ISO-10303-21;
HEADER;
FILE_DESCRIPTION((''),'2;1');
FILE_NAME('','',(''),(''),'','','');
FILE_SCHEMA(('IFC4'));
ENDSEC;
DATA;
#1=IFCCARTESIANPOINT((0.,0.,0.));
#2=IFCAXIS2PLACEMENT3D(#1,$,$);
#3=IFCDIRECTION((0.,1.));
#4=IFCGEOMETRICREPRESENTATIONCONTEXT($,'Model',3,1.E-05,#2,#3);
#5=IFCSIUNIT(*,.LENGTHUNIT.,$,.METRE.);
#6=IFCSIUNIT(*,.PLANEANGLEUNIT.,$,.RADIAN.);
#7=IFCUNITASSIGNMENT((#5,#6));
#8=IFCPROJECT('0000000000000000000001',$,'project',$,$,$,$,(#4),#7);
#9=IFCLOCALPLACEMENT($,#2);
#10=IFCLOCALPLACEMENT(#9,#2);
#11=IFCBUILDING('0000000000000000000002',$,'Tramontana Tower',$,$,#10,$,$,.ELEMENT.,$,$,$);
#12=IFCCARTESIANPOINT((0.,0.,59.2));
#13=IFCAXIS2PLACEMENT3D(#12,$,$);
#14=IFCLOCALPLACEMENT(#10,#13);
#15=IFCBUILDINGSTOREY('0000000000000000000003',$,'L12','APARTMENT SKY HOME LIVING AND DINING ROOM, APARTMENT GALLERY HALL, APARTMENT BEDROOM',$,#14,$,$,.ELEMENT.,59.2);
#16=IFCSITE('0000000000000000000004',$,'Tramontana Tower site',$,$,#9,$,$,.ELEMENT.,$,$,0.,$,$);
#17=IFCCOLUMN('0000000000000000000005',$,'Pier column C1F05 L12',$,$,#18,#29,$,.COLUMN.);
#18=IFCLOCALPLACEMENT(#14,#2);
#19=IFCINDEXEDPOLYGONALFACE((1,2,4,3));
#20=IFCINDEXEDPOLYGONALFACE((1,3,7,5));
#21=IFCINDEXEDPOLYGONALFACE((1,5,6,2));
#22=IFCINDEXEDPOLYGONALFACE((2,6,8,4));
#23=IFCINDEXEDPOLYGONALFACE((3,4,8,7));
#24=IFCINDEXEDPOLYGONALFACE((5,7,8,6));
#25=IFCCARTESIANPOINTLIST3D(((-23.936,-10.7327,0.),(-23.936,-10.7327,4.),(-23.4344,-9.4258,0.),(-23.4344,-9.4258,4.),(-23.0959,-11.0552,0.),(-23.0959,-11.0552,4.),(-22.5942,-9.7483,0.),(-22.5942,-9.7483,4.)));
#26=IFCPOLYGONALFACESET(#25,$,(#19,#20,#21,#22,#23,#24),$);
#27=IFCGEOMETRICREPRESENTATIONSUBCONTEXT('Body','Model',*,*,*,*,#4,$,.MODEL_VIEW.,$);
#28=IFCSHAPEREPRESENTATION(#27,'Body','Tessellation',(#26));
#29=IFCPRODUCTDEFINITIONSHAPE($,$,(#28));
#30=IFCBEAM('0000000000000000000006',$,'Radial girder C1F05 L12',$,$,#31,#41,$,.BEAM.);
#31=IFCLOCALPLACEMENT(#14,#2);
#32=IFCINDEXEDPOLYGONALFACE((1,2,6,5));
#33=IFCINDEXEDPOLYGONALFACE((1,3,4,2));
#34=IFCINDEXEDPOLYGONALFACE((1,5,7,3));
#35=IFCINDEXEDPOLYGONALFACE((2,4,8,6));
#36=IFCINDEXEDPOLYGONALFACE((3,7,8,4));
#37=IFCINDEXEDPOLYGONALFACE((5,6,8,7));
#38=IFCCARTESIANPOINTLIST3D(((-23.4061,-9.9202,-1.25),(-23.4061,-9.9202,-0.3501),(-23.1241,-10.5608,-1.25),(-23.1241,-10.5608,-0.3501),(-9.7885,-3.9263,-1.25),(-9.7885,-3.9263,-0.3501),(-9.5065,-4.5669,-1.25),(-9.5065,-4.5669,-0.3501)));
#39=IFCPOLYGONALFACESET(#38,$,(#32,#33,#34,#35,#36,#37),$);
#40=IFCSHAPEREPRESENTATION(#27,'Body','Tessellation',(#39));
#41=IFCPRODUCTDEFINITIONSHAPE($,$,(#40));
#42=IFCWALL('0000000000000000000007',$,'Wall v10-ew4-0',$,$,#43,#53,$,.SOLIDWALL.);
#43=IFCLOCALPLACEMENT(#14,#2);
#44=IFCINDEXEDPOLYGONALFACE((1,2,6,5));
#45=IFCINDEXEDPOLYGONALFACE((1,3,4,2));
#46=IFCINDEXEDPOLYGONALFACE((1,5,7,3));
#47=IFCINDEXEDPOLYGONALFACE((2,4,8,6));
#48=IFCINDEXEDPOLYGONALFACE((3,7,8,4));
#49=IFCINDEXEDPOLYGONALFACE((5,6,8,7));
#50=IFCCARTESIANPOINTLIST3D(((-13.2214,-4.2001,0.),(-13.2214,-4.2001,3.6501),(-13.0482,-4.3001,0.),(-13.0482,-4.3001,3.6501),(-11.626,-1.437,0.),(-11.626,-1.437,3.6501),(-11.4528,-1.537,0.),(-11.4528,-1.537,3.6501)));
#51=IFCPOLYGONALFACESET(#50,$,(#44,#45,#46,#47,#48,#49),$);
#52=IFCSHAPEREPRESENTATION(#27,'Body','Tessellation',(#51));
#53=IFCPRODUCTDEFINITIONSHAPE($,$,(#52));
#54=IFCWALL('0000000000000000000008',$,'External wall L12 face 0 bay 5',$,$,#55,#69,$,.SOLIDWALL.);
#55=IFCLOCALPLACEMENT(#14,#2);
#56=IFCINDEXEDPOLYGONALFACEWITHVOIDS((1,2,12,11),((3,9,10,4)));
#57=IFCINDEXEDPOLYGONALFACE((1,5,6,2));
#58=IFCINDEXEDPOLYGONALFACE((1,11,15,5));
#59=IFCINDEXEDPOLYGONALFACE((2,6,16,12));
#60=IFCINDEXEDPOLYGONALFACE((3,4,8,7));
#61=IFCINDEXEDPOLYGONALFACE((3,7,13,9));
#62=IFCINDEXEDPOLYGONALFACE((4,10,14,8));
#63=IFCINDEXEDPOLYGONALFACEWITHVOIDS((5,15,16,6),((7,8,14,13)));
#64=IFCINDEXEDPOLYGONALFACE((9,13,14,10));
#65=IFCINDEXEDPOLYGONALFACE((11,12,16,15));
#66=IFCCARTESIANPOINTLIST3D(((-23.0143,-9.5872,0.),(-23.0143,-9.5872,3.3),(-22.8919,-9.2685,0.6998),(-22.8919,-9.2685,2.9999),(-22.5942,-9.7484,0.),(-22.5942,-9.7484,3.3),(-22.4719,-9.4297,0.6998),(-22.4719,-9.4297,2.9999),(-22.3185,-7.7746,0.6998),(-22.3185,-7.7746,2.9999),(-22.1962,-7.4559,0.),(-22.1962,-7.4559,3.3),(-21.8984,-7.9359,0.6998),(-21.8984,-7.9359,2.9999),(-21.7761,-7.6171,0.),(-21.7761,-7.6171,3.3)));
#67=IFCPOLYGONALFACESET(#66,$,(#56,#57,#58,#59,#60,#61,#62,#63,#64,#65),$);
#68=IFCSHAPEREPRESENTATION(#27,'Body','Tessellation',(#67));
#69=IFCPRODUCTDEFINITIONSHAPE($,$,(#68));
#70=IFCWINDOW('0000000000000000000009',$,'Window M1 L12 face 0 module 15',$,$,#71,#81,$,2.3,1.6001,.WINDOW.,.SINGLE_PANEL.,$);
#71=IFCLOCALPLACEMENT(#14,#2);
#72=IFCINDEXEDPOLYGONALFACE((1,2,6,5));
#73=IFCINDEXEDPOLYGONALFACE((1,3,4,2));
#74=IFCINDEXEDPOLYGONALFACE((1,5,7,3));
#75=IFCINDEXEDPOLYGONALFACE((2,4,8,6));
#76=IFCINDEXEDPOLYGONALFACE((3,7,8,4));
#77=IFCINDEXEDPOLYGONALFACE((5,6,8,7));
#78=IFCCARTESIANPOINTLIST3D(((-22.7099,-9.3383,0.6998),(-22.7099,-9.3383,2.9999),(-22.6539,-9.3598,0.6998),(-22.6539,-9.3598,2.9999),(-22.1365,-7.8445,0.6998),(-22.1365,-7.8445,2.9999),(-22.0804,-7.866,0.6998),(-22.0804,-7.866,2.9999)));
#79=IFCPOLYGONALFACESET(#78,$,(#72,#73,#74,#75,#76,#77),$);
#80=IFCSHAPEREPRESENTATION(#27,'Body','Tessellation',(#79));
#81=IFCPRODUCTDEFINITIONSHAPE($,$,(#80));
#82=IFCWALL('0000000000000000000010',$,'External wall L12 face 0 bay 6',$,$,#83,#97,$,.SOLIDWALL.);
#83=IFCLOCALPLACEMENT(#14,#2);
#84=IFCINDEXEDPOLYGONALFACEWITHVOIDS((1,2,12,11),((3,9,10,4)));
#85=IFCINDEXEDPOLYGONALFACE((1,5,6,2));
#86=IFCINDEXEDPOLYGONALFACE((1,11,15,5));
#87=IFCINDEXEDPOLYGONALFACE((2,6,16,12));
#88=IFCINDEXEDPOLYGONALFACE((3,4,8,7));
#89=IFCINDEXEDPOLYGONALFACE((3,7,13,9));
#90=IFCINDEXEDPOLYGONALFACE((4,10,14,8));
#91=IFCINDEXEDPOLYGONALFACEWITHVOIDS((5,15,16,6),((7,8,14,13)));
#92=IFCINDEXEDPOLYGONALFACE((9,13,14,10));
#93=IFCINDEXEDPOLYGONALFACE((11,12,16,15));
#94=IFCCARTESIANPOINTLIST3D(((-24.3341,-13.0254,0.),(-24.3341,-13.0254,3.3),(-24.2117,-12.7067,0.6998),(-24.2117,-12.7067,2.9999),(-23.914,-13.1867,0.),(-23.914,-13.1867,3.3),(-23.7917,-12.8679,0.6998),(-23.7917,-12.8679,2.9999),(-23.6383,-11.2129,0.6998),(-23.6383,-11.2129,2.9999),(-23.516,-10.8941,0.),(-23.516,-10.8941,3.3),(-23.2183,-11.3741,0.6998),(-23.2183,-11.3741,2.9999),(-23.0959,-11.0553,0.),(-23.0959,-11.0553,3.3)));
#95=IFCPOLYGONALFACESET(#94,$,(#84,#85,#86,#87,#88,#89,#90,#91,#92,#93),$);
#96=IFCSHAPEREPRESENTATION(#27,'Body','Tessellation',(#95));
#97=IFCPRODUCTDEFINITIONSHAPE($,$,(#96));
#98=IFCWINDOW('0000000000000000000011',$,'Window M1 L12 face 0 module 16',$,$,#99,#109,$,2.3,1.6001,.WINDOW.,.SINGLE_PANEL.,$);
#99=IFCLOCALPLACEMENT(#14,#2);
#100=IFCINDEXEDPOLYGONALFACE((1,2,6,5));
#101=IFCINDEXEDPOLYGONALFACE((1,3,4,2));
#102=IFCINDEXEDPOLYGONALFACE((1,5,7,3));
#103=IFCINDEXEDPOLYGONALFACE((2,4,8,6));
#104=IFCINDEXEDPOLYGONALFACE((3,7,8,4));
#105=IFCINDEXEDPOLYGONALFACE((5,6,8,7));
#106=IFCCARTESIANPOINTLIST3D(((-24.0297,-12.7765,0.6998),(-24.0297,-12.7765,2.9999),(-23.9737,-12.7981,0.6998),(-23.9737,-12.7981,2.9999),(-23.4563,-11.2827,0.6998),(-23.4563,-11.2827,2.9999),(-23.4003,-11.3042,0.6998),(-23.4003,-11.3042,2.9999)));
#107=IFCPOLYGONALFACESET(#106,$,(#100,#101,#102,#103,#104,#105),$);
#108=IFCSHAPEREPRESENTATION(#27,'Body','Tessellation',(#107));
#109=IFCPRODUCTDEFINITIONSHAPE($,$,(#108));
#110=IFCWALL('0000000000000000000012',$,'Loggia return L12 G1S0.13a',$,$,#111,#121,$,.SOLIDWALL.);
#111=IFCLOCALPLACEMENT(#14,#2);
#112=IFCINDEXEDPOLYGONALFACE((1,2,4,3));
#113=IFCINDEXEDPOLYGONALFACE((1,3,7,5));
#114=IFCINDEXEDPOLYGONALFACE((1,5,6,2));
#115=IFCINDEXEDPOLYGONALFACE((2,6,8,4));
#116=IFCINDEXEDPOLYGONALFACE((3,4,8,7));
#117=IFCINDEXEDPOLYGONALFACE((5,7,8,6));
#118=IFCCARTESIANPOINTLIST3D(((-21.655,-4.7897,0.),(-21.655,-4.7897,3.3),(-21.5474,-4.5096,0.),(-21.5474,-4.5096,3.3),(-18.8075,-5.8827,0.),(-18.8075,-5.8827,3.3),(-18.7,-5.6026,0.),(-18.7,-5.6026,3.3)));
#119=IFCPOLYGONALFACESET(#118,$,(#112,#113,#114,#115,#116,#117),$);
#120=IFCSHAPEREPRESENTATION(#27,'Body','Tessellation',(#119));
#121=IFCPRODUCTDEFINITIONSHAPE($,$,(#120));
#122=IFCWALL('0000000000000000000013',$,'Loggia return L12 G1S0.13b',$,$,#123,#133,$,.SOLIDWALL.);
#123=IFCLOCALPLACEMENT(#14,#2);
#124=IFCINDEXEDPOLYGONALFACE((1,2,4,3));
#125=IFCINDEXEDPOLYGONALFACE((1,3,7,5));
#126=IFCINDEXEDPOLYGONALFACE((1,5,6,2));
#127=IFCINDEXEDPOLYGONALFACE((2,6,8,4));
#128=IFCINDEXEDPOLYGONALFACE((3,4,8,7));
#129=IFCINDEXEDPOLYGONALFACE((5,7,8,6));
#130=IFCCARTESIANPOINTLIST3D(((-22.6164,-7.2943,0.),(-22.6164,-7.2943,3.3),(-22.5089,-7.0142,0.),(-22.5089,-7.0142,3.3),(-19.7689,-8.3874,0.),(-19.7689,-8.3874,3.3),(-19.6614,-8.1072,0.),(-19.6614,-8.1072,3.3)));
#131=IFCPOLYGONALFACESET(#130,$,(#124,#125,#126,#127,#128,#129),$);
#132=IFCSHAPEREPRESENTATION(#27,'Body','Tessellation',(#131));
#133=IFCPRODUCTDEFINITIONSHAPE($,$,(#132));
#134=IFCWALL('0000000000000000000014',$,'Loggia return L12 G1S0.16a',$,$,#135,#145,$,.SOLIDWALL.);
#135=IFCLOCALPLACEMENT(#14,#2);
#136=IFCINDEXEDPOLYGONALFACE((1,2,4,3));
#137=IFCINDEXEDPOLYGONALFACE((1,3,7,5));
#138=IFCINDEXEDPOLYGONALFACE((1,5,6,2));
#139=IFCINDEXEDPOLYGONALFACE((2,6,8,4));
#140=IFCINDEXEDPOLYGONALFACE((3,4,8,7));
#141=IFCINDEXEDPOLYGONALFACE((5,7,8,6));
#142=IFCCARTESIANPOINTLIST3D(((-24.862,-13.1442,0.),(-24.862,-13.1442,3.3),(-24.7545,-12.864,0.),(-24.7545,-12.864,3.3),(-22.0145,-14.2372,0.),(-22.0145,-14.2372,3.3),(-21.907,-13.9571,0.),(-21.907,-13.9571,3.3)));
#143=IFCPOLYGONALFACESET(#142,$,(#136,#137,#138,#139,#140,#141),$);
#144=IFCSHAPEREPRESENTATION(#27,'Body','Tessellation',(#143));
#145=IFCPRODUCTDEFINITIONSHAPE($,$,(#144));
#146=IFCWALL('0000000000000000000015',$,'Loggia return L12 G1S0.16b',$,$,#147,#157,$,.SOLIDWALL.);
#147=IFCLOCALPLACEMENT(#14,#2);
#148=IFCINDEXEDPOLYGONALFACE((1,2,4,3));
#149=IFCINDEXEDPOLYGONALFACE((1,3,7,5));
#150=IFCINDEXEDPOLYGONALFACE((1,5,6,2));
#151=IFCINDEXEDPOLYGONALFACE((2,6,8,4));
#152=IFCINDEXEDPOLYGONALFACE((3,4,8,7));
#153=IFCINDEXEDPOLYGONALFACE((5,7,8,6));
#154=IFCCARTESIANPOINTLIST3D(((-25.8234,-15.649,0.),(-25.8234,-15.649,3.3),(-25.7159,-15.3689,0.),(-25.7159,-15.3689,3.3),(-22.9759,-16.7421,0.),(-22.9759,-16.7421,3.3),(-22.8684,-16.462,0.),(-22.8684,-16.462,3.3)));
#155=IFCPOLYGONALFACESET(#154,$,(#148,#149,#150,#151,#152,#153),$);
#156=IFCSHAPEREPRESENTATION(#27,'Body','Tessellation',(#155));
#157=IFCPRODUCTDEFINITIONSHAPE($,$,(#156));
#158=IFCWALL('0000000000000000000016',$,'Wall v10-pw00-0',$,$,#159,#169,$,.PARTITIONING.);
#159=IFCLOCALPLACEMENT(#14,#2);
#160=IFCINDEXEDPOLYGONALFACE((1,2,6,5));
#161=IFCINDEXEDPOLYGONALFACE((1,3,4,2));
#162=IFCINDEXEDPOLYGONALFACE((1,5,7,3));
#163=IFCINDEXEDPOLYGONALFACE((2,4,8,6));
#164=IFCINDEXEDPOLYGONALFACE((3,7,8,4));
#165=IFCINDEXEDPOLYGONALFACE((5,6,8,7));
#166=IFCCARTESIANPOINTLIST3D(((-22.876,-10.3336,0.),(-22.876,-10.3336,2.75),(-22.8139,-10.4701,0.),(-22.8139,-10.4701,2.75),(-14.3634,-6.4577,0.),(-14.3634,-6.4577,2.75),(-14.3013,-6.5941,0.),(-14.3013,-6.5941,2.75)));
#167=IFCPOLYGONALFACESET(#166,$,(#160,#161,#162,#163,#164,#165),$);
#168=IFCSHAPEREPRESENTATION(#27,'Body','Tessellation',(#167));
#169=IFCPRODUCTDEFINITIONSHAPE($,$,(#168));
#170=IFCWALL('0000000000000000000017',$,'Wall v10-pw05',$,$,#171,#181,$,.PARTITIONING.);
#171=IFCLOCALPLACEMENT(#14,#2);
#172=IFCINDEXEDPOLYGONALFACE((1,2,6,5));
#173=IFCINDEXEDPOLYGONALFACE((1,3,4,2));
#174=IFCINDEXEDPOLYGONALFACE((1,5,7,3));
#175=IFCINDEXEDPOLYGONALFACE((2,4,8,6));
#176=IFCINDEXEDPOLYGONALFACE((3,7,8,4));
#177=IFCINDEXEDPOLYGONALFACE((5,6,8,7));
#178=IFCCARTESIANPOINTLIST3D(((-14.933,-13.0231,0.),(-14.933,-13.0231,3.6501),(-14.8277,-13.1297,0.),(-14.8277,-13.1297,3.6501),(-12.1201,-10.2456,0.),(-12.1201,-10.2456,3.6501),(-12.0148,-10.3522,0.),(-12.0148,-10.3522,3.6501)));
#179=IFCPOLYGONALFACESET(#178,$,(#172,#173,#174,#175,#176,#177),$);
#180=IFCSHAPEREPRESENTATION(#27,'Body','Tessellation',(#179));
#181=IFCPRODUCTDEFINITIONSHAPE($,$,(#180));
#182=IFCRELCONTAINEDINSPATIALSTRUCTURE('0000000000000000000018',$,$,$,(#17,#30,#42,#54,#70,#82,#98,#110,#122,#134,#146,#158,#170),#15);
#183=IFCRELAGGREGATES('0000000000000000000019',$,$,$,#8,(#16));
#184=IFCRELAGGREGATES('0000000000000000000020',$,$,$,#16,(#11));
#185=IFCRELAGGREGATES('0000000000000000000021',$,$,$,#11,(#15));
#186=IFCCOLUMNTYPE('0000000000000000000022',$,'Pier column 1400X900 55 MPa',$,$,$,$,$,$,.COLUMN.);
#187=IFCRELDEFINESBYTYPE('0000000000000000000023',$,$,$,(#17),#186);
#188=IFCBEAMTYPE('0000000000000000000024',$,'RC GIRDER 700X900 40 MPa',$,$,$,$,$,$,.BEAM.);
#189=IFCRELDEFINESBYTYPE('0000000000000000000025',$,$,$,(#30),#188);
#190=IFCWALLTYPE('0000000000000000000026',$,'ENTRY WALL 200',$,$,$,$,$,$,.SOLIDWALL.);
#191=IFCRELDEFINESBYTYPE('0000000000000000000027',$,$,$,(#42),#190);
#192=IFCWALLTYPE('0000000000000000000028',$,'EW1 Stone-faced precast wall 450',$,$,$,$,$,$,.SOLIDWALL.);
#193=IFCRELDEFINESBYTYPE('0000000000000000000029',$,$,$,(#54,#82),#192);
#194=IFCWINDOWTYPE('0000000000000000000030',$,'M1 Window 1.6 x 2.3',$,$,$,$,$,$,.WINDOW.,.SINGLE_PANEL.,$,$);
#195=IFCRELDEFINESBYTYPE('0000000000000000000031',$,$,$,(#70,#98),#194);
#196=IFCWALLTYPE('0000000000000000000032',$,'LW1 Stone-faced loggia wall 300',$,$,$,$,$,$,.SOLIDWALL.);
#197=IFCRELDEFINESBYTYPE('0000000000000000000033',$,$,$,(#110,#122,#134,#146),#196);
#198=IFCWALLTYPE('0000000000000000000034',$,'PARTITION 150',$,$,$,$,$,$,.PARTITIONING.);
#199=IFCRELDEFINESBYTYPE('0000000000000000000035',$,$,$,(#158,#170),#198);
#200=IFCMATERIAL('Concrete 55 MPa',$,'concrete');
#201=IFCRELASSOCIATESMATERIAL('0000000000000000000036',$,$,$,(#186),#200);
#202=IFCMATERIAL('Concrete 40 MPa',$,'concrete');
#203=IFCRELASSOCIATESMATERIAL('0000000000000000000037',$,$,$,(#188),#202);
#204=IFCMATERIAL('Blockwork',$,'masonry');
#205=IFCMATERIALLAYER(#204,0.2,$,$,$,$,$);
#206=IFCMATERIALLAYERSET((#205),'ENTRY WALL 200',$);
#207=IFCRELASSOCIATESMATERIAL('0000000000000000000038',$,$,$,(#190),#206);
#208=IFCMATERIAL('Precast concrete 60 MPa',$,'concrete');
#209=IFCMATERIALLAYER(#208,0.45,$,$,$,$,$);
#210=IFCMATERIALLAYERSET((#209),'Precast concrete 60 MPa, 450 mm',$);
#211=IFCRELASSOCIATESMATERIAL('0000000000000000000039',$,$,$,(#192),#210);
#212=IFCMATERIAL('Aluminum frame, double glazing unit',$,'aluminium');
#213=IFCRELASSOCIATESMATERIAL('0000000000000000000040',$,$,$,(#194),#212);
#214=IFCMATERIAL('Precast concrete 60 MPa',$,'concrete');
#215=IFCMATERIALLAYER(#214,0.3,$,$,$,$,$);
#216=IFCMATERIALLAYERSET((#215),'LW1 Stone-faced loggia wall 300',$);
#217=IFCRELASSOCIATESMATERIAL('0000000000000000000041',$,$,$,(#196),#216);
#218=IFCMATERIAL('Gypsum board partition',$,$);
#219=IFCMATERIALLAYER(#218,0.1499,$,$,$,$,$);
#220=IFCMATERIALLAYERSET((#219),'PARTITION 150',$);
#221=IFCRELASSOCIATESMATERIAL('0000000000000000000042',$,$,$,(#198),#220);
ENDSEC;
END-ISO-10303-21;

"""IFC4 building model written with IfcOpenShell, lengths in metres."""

from ifc_helpers import new_model, si_unit, direction, frame, frame_2d, origin, origin_2d, place, context, subcontext, project, spatial, rectangle, extrude, material, layer, layer_set, material_profile, profile_set, type_object, element, fill, save


model = new_model("IFC4")

# Units and contexts
model_context = context("Model", 3, precision=1e-05, world=origin(), true_north=direction((0.0, 1.0)))
body_context = subcontext(model_context, "Body", "Model", "MODEL_VIEW")
ifc_project = project(units=[si_unit("LENGTHUNIT", "METRE"), si_unit("PLANEANGLEUNIT", "RADIAN")], contexts=[model_context])

# Site, building, storey
site_placement = place(None, origin())
site = spatial("IfcSite", under=ifc_project, at=site_placement, Name="Tramontana Tower site", CompositionType="ELEMENT", RefElevation=0.0)
building_placement = place(site_placement, origin())
building = spatial("IfcBuilding", under=site, at=building_placement, Name="Tramontana Tower", CompositionType="ELEMENT")
storey_placement = place(building_placement, frame((0.0, 0.0, 59.2)))
storey = spatial("IfcBuildingStorey", under=building, at=storey_placement, Name="L12", Description="APARTMENT SKY HOME LIVING AND DINING ROOM, APARTMENT GALLERY HALL, APARTMENT BEDROOM", CompositionType="ELEMENT", Elevation=59.2)

# Column
ifc_material_1 = material(Name="Concrete 55 MPa", Category="concrete")
ifc_material_profile_1 = material_profile(ifc_material_1, rectangle(XDim=1.3999, YDim=0.8999, at=origin_2d()), Name="Pier column 1400X900 55 MPa")
ifc_profile_set_1 = profile_set([ifc_material_profile_1], Name="Concrete 55 MPa")
column_type = type_object("IfcColumnType", Name="Pier column 1400X900 55 MPa", PredefinedType="COLUMN", material=ifc_profile_set_1)
column_placement = place(storey_placement, frame((-23.2651, -10.2405, 0.0), z_axis=(0.0, 0.0, 1.0), x_axis=(-0.358368, -0.93358, 0.0)))
element("IfcColumn", 1, at=column_placement, inside=storey, type_object=column_type, Name="Pier column C1F05 L12", PredefinedType="COLUMN", context=body_context, shape_type="SweptSolid", body=[
    extrude(rectangle(XDim=1.3999, YDim=0.8999, at=origin_2d()), origin(), (0.0, 0.0, 1.0), 4.0),
])

# Beam
ifc_material_2 = material(Name="Concrete 40 MPa", Category="concrete")
ifc_material_profile_2 = material_profile(ifc_material_2, rectangle(XDim=0.7, YDim=0.8999, at=origin_2d()), Name="RC GIRDER 700X900 40 MPa")
ifc_profile_set_2 = profile_set([ifc_material_profile_2], Name="Concrete 40 MPa")
beam_type = type_object("IfcBeamType", Name="RC GIRDER 700X900 40 MPa", PredefinedType="BEAM", material=ifc_profile_set_2)
beam_placement = place(storey_placement, frame((-23.2651, -10.2405, -0.8), z_axis=(0.915263, 0.402858, 0.0), x_axis=(-0.402858, 0.915263, 0.0)))
element("IfcBeam", 2, at=beam_placement, inside=storey, type_object=beam_type, Name="Radial girder C1F05 L12", PredefinedType="BEAM", context=body_context, shape_type="SweptSolid", body=[
    extrude(rectangle(XDim=0.7, YDim=0.8999, at=origin_2d()), origin(), (0.0, 0.0, 1.0), 14.8784),
])

# Wall
ifc_material_3 = material(Name="Blockwork", Category="masonry")
ifc_layer_1 = layer(ifc_material_3, 0.2)
ifc_layer_set_1 = layer_set([ifc_layer_1], Name="ENTRY WALL 200")
wall_type_1 = type_object("IfcWallType", Name="ENTRY WALL 200", PredefinedType="SOLIDWALL", material=ifc_layer_set_1)
wall_1_placement = place(storey_placement, frame((-13.1348, -4.25, 0.0), z_axis=(0.0, 0.0, 1.0), x_axis=(0.500032, 0.866007, 0.0)))
element("IfcWall", 3, at=wall_1_placement, inside=storey, type_object=wall_type_1, Name="Wall v10-ew4-0", PredefinedType="SOLIDWALL", context=body_context, shape_type="SweptSolid", body=[
    extrude(rectangle(XDim=3.1907, YDim=0.2, at=frame_2d((1.5952, 0.0))), origin(), (0.0, 0.0, 1.0), 3.6501),
])

# Walls, openings, windows
ifc_material_4 = material(Name="Precast concrete 60 MPa", Category="concrete")
ifc_layer_2 = layer(ifc_material_4, 0.45)
ifc_layer_set_2 = layer_set([ifc_layer_2], Name="Precast concrete 60 MPa, 450 mm")
wall_type_2 = type_object("IfcWallType", Name="EW1 Stone-faced precast wall 450", PredefinedType="SOLIDWALL", material=ifc_layer_set_2)
wall_2_placement = place(storey_placement, frame((-21.9861, -7.5364, 0.0), z_axis=(0.0, 0.0, 1.0), x_axis=(-0.358356, -0.933585, 0.0)))
wall_2 = element("IfcWall", 4, at=wall_2_placement, inside=storey, type_object=wall_type_2, Name="External wall L12 face 0 bay 5", PredefinedType="SOLIDWALL", context=body_context, shape_type="SweptSolid", body=[
    extrude(rectangle(XDim=2.283, YDim=0.45, at=frame_2d((1.1416, 0.0))), origin(), (0.0, 0.0, 1.0), 3.3),
])
opening_1_placement = place(wall_2_placement, frame((0.3416, 0.0, 0.7)))
opening_1 = element("IfcOpeningElement", 5, at=opening_1_placement, cuts=wall_2, PredefinedType="OPENING", context=body_context, shape_type="SweptSolid", body=[
    extrude(rectangle(XDim=1.6001, YDim=2.3, at=frame_2d((0.8, 1.1499))), frame((0.0, 0.2349, 0.0), z_axis=(0.0, -1.0, 0.0), x_axis=(1.0, 0.0, 0.0)), (0.0, 0.0, 1.0), 0.47),
])
ifc_material_5 = material(Name="Aluminum frame, double glazing unit", Category="aluminium")
window_type = type_object("IfcWindowType", Name="M1 Window 1.6 x 2.3", PartitioningType="SINGLE_PANEL", PredefinedType="WINDOW", material=ifc_material_5)
window_1_placement = place(opening_1_placement, origin())
window_1 = element("IfcWindow", 6, at=window_1_placement, inside=storey, type_object=window_type, Name="Window M1 L12 face 0 module 15", OverallHeight=2.3, OverallWidth=1.6001, PartitioningType="SINGLE_PANEL", PredefinedType="WINDOW", context=body_context, shape_type="SweptSolid", body=[
    extrude(rectangle(XDim=1.6001, YDim=2.3, at=frame_2d((0.8, 1.1499))), frame((0.0, 0.03, 0.0), z_axis=(0.0, -1.0, 0.0), x_axis=(1.0, 0.0, 0.0)), (0.0, 0.0, 1.0), 0.0601),
])
fill(opening_1, window_1)
wall_3_placement = place(storey_placement, frame((-23.3059, -10.9746, 0.0), z_axis=(0.0, 0.0, 1.0), x_axis=(-0.358356, -0.933585, 0.0)))
wall_3 = element("IfcWall", 7, at=wall_3_placement, inside=storey, type_object=wall_type_2, Name="External wall L12 face 0 bay 6", PredefinedType="SOLIDWALL", context=body_context, shape_type="SweptSolid", body=[
    extrude(rectangle(XDim=2.283, YDim=0.45, at=frame_2d((1.1416, 0.0))), origin(), (0.0, 0.0, 1.0), 3.3),
])
opening_2_placement = place(wall_3_placement, frame((0.3416, 0.0, 0.7)))
opening_2 = element("IfcOpeningElement", 8, at=opening_2_placement, cuts=wall_3, PredefinedType="OPENING", context=body_context, shape_type="SweptSolid", body=[
    extrude(rectangle(XDim=1.6001, YDim=2.3, at=frame_2d((0.8, 1.1499))), frame((0.0, 0.2349, 0.0), z_axis=(0.0, -1.0, 0.0), x_axis=(1.0, 0.0, 0.0)), (0.0, 0.0, 1.0), 0.47),
])
window_2_placement = place(opening_2_placement, origin())
window_2 = element("IfcWindow", 9, at=window_2_placement, inside=storey, type_object=window_type, Name="Window M1 L12 face 0 module 16", OverallHeight=2.3, OverallWidth=1.6001, PartitioningType="SINGLE_PANEL", PredefinedType="WINDOW", context=body_context, shape_type="SweptSolid", body=[
    extrude(rectangle(XDim=1.6001, YDim=2.3, at=frame_2d((0.8, 1.1499))), frame((0.0, 0.03, 0.0), z_axis=(0.0, -1.0, 0.0), x_axis=(1.0, 0.0, 0.0)), (0.0, 0.0, 1.0), 0.0601),
])
fill(opening_2, window_2)

# Shared definitions
ifc_material_6 = material(Name="Precast concrete 60 MPa", Category="concrete")
ifc_layer_3 = layer(ifc_material_6, 0.3)
ifc_layer_set_3 = layer_set([ifc_layer_3], Name="LW1 Stone-faced loggia wall 300")
wall_type_3 = type_object("IfcWallType", Name="LW1 Stone-faced loggia wall 300", PredefinedType="SOLIDWALL", material=ifc_layer_set_3)

# Walls
for number, where, z_axis, x_axis, name in (
    (10, (-21.6011, -4.6497, 0.0), (0.0, 0.0, 1.0), (0.933581, -0.358368, 0.0), "Loggia return L12 G1S0.13a"),
    (11, (-22.5625, -7.1543, 0.0), (0.0, 0.0, 1.0), (0.933581, -0.358368, 0.0), "Loggia return L12 G1S0.13b"),
):
    element("IfcWall", number, at=place(storey_placement, frame(where, z_axis=z_axis, x_axis=x_axis)), inside=storey, type_object=wall_type_3, Name=name, PredefinedType="SOLIDWALL", context=body_context, shape_type="SweptSolid", body=[
        extrude(rectangle(XDim=3.05, YDim=0.3, at=frame_2d((1.5249, 0.0))), origin(), (0.0, 0.0, 1.0), 3.3),
    ])

# Walls
for number, where, z_axis, x_axis, name in (
    (12, (-24.8081, -13.0042, 0.0), (0.0, 0.0, 1.0), (0.933581, -0.358368, 0.0), "Loggia return L12 G1S0.16a"),
    (13, (-25.7695, -15.509, 0.0), (0.0, 0.0, 1.0), (0.933581, -0.358368, 0.0), "Loggia return L12 G1S0.16b"),
):
    element("IfcWall", number, at=place(storey_placement, frame(where, z_axis=z_axis, x_axis=x_axis)), inside=storey, type_object=wall_type_3, Name=name, PredefinedType="SOLIDWALL", context=body_context, shape_type="SweptSolid", body=[
        extrude(rectangle(XDim=3.05, YDim=0.3, at=frame_2d((1.5249, 0.0))), origin(), (0.0, 0.0, 1.0), 3.3),
    ])
ifc_material_7 = material(Name="Gypsum board partition")
ifc_layer_4 = layer(ifc_material_7, 0.1499)
ifc_layer_set_4 = layer_set([ifc_layer_4], Name="PARTITION 150")
wall_type_4 = type_object("IfcWallType", Name="PARTITION 150", PredefinedType="PARTITIONING", material=ifc_layer_set_4)
wall_4_placement = place(storey_placement, frame((-22.845, -10.4019, 0.0), z_axis=(0.0, 0.0, 1.0), x_axis=(0.910102, 0.414385, 0.0)))
element("IfcWall", 14, at=wall_4_placement, inside=storey, type_object=wall_type_4, Name="Wall v10-pw00-0", PredefinedType="PARTITIONING", context=body_context, shape_type="SweptSolid", body=[
    extrude(rectangle(XDim=9.3535, YDim=0.1499, at=frame_2d((4.6768, 0.0))), origin(), (0.0, 0.0, 1.0), 2.75),
])
wall_5_placement = place(storey_placement, frame((-14.8804, -13.0764, 0.0), z_axis=(0.0, 0.0, 1.0), x_axis=(0.71157, 0.702615, 0.0)))
element("IfcWall", 15, at=wall_5_placement, inside=storey, type_object=wall_type_4, Name="Wall v10-pw05", PredefinedType="PARTITIONING", context=body_context, shape_type="SweptSolid", body=[
    extrude(rectangle(XDim=3.9531, YDim=0.1499, at=frame_2d((1.9766, 0.0))), origin(), (0.0, 0.0, 1.0), 3.6501),
])

save(model, "model.ifc")
